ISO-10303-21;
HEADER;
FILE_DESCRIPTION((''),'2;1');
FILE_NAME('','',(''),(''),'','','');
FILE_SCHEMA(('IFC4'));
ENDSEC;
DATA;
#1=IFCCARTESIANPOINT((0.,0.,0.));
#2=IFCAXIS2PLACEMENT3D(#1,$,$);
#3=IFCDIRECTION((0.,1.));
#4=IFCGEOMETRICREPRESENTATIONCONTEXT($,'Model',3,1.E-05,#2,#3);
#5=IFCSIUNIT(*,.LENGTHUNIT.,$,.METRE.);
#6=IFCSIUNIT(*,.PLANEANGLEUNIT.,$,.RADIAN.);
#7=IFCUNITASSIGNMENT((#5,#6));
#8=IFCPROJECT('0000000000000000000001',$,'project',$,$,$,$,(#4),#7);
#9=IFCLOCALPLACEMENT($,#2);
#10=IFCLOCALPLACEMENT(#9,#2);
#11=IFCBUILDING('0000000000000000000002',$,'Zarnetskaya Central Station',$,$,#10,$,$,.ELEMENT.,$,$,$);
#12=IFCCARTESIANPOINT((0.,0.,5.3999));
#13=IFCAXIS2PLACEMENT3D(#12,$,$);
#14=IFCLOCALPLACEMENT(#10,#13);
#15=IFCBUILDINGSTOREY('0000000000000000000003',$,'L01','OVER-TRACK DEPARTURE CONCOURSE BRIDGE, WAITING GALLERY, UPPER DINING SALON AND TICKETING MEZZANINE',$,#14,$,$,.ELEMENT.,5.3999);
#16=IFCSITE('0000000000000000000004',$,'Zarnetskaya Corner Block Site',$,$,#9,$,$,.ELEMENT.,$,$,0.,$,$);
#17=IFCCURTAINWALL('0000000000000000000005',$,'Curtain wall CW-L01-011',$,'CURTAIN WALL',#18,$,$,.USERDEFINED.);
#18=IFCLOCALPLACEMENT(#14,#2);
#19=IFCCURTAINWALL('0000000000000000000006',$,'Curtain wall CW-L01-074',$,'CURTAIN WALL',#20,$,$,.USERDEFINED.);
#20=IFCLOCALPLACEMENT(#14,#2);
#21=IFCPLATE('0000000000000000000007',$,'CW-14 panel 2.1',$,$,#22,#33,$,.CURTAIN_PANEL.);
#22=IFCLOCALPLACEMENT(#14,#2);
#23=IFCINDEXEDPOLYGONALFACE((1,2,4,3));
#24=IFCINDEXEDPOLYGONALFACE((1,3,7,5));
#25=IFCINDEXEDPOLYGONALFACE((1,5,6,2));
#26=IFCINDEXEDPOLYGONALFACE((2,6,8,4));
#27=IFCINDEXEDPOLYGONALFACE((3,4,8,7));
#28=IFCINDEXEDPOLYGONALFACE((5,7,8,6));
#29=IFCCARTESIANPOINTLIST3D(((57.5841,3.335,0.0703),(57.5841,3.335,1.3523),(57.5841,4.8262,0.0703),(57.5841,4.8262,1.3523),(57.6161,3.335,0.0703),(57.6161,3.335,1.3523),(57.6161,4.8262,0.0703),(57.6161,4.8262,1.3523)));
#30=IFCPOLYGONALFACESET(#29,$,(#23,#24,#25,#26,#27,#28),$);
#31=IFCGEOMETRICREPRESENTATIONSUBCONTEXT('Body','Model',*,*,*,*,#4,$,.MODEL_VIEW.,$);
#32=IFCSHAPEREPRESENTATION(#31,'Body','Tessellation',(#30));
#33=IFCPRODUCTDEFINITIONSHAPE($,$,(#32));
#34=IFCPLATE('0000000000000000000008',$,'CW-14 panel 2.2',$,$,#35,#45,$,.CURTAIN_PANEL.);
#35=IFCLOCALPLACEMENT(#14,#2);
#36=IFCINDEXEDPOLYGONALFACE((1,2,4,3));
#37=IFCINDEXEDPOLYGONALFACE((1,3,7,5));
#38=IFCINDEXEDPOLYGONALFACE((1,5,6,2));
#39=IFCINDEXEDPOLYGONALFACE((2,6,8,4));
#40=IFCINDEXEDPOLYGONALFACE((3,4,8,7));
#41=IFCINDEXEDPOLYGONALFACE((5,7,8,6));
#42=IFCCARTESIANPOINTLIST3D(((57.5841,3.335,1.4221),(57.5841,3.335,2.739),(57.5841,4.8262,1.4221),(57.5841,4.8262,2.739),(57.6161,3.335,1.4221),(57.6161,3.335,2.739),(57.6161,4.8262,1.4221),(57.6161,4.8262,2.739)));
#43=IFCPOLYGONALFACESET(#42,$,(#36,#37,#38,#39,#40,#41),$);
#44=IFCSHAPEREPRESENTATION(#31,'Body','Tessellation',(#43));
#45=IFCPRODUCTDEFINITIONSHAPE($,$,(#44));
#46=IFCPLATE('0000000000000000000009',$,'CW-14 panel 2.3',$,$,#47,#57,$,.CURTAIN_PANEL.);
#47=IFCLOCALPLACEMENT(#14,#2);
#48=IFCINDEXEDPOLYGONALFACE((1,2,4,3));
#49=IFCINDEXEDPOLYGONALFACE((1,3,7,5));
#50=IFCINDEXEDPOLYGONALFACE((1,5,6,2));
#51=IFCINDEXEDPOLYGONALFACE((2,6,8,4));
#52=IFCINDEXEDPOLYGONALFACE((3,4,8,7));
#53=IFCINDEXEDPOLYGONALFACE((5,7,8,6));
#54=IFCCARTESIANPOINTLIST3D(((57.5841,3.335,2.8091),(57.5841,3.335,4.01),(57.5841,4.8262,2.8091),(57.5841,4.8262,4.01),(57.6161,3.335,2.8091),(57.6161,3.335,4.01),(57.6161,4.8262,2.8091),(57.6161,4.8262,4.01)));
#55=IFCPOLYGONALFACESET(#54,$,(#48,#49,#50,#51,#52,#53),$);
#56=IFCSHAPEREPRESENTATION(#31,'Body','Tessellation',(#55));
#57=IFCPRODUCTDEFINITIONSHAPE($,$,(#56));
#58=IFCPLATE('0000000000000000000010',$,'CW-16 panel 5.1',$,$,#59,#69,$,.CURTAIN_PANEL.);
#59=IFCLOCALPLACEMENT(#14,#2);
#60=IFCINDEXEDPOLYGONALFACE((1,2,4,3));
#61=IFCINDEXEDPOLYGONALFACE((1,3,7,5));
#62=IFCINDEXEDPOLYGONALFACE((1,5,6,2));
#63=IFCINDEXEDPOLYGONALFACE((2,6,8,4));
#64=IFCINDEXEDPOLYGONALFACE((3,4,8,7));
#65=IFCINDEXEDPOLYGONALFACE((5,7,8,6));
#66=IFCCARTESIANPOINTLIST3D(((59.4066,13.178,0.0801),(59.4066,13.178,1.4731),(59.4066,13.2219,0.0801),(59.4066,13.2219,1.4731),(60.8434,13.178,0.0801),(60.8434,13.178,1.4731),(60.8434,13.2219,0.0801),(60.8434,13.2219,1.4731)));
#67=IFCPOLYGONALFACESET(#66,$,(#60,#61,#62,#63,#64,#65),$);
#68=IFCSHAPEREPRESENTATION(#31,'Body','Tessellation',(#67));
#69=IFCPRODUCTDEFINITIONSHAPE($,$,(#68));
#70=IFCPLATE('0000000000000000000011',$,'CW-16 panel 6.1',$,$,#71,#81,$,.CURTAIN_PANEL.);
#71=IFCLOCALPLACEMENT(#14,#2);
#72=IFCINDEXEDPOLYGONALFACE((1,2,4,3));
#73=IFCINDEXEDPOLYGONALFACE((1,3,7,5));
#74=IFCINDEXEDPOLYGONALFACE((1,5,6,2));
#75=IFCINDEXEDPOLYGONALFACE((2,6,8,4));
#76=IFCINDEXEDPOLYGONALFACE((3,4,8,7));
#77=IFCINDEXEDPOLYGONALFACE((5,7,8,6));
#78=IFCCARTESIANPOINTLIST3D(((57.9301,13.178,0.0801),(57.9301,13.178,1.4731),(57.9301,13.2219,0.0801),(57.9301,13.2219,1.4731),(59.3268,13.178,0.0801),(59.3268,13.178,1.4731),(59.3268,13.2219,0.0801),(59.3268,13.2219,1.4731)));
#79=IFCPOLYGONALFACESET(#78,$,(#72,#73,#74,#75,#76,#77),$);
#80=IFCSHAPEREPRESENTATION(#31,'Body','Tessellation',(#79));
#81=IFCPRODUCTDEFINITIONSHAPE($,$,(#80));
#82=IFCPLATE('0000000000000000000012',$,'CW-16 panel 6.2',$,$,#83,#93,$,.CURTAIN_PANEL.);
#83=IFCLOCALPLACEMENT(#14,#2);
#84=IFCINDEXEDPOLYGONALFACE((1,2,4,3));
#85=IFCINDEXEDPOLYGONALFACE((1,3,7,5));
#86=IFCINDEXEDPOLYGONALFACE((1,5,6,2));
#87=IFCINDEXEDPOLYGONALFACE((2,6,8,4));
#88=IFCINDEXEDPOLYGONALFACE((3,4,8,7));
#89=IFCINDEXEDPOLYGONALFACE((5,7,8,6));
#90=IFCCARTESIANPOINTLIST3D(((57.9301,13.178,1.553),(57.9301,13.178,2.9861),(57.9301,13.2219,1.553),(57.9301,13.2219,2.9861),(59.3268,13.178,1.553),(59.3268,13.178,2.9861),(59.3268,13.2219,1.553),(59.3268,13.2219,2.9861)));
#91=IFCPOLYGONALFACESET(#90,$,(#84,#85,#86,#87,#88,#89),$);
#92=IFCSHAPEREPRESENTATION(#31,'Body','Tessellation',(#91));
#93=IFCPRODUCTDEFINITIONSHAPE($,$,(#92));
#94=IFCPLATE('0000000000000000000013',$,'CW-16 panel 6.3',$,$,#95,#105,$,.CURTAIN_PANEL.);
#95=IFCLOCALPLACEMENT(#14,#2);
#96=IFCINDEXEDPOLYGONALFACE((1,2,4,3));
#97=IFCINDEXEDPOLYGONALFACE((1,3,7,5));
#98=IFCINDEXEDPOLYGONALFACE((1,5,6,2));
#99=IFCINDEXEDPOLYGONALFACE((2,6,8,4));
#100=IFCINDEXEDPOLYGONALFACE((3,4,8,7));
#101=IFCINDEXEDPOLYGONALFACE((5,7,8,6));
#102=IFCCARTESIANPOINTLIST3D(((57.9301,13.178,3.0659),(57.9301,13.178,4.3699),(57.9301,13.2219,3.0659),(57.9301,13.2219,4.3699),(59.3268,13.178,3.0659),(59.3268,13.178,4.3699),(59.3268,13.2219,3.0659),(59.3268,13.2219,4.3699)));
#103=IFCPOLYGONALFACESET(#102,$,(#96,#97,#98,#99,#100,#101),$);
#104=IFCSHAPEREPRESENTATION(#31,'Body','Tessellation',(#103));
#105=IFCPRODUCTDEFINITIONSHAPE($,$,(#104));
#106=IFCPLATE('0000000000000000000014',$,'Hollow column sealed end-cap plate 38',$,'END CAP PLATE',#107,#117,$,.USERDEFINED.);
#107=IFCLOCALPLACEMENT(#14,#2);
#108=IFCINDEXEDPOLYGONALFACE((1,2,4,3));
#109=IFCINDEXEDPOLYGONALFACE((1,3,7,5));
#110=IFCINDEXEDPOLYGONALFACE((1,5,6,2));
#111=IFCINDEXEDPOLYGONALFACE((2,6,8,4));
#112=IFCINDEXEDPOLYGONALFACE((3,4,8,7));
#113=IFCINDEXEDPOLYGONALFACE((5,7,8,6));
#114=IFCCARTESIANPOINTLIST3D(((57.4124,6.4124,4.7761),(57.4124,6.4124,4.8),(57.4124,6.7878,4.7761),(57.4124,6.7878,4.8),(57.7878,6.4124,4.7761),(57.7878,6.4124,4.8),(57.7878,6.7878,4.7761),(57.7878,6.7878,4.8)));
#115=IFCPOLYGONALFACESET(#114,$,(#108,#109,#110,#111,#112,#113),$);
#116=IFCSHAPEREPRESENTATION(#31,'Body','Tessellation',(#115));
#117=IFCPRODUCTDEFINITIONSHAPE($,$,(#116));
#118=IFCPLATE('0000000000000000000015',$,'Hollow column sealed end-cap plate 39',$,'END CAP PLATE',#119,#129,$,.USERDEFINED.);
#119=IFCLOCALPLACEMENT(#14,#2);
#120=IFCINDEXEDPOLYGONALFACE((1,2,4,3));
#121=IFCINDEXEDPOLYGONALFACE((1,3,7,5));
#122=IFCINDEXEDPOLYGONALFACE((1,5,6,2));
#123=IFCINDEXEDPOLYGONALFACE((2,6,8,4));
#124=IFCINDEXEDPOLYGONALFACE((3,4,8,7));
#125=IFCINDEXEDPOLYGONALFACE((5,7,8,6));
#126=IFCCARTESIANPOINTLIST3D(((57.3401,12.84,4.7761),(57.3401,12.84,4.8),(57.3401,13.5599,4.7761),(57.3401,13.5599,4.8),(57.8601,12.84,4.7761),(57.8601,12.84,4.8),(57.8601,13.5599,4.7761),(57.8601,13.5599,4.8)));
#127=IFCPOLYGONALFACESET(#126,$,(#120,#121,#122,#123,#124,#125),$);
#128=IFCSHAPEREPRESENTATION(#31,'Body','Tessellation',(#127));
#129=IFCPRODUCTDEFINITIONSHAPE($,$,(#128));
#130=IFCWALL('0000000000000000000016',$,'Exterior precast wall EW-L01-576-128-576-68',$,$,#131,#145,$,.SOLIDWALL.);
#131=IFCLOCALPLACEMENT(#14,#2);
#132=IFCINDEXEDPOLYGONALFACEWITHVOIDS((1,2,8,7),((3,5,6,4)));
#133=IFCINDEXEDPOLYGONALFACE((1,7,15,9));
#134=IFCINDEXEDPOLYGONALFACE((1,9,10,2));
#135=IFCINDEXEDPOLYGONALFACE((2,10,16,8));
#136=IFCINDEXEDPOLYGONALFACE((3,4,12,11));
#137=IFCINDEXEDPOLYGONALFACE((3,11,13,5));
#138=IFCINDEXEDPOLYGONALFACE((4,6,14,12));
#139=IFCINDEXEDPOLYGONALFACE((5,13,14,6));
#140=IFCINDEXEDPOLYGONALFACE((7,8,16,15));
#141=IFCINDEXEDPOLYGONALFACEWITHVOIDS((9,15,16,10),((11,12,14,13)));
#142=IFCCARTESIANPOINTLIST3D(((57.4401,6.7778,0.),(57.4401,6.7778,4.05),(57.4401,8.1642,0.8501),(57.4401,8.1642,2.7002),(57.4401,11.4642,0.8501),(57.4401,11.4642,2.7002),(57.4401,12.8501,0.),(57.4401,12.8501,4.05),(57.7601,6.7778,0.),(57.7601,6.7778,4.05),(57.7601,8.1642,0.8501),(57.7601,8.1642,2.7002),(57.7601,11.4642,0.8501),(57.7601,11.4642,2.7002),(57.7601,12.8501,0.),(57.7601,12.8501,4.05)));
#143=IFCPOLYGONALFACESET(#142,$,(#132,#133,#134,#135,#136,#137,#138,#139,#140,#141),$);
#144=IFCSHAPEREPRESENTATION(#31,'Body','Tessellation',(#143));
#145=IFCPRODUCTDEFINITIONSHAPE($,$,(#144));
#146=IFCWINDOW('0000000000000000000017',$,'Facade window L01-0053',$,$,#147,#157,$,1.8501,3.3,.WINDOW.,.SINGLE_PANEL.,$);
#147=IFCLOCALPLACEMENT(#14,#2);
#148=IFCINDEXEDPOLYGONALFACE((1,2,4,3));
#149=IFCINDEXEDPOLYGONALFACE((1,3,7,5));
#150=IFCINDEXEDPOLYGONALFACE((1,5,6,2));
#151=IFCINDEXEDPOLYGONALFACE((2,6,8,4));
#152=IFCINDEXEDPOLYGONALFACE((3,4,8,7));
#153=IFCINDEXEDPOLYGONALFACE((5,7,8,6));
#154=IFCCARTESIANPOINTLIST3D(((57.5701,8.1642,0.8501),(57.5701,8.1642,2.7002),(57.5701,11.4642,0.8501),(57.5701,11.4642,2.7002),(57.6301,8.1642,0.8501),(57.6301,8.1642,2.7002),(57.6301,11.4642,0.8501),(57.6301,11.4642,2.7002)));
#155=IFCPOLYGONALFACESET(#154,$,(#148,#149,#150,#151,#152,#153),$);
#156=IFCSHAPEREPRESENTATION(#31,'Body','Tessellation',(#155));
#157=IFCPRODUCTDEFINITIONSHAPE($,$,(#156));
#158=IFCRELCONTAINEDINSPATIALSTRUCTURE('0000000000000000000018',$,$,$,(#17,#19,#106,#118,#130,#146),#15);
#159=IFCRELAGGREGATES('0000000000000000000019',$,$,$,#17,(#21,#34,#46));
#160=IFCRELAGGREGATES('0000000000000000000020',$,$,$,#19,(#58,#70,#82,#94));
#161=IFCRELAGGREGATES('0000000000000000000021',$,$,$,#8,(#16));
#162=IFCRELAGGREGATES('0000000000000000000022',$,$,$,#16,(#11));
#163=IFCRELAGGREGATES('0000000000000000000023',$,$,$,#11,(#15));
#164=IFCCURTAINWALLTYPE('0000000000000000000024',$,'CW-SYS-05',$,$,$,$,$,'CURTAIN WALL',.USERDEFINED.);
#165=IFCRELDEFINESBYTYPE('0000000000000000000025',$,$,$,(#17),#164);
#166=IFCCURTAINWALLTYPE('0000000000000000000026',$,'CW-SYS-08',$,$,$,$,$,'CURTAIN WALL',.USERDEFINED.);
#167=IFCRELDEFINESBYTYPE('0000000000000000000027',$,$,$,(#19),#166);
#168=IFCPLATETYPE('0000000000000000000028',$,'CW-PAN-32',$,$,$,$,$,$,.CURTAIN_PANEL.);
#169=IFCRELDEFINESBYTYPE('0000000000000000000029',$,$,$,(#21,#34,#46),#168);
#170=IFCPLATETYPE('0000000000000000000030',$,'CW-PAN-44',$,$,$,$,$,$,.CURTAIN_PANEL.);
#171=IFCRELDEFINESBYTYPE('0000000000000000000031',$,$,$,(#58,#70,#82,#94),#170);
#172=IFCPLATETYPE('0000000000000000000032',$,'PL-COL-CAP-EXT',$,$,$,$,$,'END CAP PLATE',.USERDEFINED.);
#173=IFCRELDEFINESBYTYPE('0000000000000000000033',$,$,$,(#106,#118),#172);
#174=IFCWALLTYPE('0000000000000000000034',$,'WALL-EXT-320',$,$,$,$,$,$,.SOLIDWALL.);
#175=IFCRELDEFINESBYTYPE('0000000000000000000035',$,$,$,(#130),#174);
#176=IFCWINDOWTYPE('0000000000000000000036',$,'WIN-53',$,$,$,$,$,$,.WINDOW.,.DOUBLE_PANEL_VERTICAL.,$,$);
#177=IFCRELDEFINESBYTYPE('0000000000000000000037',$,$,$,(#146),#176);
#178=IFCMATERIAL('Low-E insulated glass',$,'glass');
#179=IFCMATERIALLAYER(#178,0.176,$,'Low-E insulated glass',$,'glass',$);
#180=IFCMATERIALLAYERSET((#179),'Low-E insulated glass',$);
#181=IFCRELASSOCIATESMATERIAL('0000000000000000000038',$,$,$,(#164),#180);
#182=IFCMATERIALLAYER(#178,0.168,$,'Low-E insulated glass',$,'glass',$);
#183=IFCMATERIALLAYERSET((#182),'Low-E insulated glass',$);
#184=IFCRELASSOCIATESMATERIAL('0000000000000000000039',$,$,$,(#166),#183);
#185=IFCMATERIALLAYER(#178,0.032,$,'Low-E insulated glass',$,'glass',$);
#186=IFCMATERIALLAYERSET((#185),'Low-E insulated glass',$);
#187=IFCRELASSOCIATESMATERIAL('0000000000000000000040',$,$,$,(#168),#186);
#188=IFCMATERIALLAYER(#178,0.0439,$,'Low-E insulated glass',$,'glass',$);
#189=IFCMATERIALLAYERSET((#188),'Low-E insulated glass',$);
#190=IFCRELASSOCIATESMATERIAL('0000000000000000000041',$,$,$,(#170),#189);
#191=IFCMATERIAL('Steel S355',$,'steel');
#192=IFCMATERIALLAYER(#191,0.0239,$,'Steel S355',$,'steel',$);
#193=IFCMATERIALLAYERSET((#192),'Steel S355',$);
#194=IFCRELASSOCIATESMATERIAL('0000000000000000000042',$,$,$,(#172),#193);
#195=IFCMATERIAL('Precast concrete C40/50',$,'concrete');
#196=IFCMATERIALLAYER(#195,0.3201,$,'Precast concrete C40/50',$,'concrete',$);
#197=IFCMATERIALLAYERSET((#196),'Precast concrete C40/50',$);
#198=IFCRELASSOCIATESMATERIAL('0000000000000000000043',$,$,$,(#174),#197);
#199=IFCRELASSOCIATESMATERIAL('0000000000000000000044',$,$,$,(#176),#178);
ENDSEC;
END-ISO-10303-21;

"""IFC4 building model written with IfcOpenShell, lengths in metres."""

from ifc_helpers import new_model, si_unit, direction, frame, frame_2d, origin, origin_2d, place, context, subcontext, project, spatial, rectangle, extrude, material, layer, layer_set, type_object, element, fill, aggregate, save


model = new_model("IFC4")

# Units and contexts
model_context = context("Model", 3, precision=1e-05, world=origin(), true_north=direction((0.0, 1.0)))
body_context = subcontext(model_context, "Body", "Model", "MODEL_VIEW")
ifc_project = project(units=[si_unit("LENGTHUNIT", "METRE"), si_unit("PLANEANGLEUNIT", "RADIAN")], contexts=[model_context])

# Site, building, storey
site_placement = place(None, origin())
site = spatial("IfcSite", under=ifc_project, at=site_placement, Name="Zarnetskaya Corner Block Site", CompositionType="ELEMENT", RefElevation=0.0)
building_placement = place(site_placement, origin())
building = spatial("IfcBuilding", under=site, at=building_placement, Name="Zarnetskaya Central Station", CompositionType="ELEMENT")
storey_placement = place(building_placement, frame((0.0, 0.0, 5.3999)))
storey = spatial("IfcBuildingStorey", under=building, at=storey_placement, Name="L01", Description="OVER-TRACK DEPARTURE CONCOURSE BRIDGE, WAITING GALLERY, UPPER DINING SALON AND TICKETING MEZZANINE", CompositionType="ELEMENT", Elevation=5.3999)

# Shared definitions
ifc_material_1 = material(Name="Steel S355", Category="steel")

# Curtain walls
ifc_material_2 = material(Name="Low-E insulated glass", Category="glass")
ifc_layer_1 = layer(ifc_material_2, 0.176, Name="Low-E insulated glass", Category="glass")
ifc_layer_set_1 = layer_set([ifc_layer_1], Name="Low-E insulated glass")
curtain_wall_type_1 = type_object("IfcCurtainWallType", Name="CW-SYS-05", ElementType="CURTAIN WALL", PredefinedType="USERDEFINED", material=ifc_layer_set_1)
curtain_wall_1_placement = place(storey_placement, origin())
curtain_wall_1 = element("IfcCurtainWall", 1, at=curtain_wall_1_placement, inside=storey, type_object=curtain_wall_type_1, Name="Curtain wall CW-L01-011", ObjectType="CURTAIN WALL", PredefinedType="USERDEFINED")
ifc_layer_2 = layer(ifc_material_2, 0.168, Name="Low-E insulated glass", Category="glass")
ifc_layer_set_2 = layer_set([ifc_layer_2], Name="Low-E insulated glass")
curtain_wall_type_2 = type_object("IfcCurtainWallType", Name="CW-SYS-08", ElementType="CURTAIN WALL", PredefinedType="USERDEFINED", material=ifc_layer_set_2)
curtain_wall_2_placement = place(storey_placement, origin())
curtain_wall_2 = element("IfcCurtainWall", 2, at=curtain_wall_2_placement, inside=storey, type_object=curtain_wall_type_2, Name="Curtain wall CW-L01-074", ObjectType="CURTAIN WALL", PredefinedType="USERDEFINED")

# Plates
ifc_layer_3 = layer(ifc_material_2, 0.032, Name="Low-E insulated glass", Category="glass")
ifc_layer_set_3 = layer_set([ifc_layer_3], Name="Low-E insulated glass")
plate_type_1 = type_object("IfcPlateType", Name="CW-PAN-32", PredefinedType="CURTAIN_PANEL", material=ifc_layer_set_3)
plate_1_placement = place(storey_placement, frame((57.6001, 4.0806, 0.0703), z_axis=(0.0, 0.0, 1.0), x_axis=(0.0, -1.0, 0.0)))
plate_1 = element("IfcPlate", 3, at=plate_1_placement, type_object=plate_type_1, Name="CW-14 panel 2.1", PredefinedType="CURTAIN_PANEL", context=body_context, shape_type="SweptSolid", body=[
    extrude(rectangle(XDim=1.4912, YDim=0.032, at=origin_2d()), origin(), (0.0, 0.0, 1.0), 1.282),
])
plate_2_placement = place(storey_placement, frame((57.6001, 4.0806, 1.4221), z_axis=(0.0, 0.0, 1.0), x_axis=(0.0, -1.0, 0.0)))
plate_2 = element("IfcPlate", 4, at=plate_2_placement, type_object=plate_type_1, Name="CW-14 panel 2.2", PredefinedType="CURTAIN_PANEL", context=body_context, shape_type="SweptSolid", body=[
    extrude(rectangle(XDim=1.4912, YDim=0.032, at=origin_2d()), origin(), (0.0, 0.0, 1.0), 1.3169),
])
plate_3_placement = place(storey_placement, frame((57.6001, 4.0806, 2.8091), z_axis=(0.0, 0.0, 1.0), x_axis=(0.0, -1.0, 0.0)))
plate_3 = element("IfcPlate", 5, at=plate_3_placement, type_object=plate_type_1, Name="CW-14 panel 2.3", PredefinedType="CURTAIN_PANEL", context=body_context, shape_type="SweptSolid", body=[
    extrude(rectangle(XDim=1.4912, YDim=0.032, at=origin_2d()), origin(), (0.0, 0.0, 1.0), 1.2009),
])
aggregate(curtain_wall_1, [plate_1, plate_2, plate_3])
ifc_layer_4 = layer(ifc_material_2, 0.0439, Name="Low-E insulated glass", Category="glass")
ifc_layer_set_4 = layer_set([ifc_layer_4], Name="Low-E insulated glass")
plate_type_2 = type_object("IfcPlateType", Name="CW-PAN-44", PredefinedType="CURTAIN_PANEL", material=ifc_layer_set_4)
plate_4_placement = place(storey_placement, frame((60.125, 13.2, 0.0801), z_axis=(0.0, 0.0, 1.0), x_axis=(-1.0, 0.0, 0.0)))
plate_4 = element("IfcPlate", 6, at=plate_4_placement, type_object=plate_type_2, Name="CW-16 panel 5.1", PredefinedType="CURTAIN_PANEL", context=body_context, shape_type="SweptSolid", body=[
    extrude(rectangle(XDim=1.4368, YDim=0.0439, at=origin_2d()), origin(), (0.0, 0.0, 1.0), 1.3931),
])
plate_5_placement = place(storey_placement, frame((58.6284, 13.2, 0.0801), z_axis=(0.0, 0.0, 1.0), x_axis=(-1.0, 0.0, 0.0)))
plate_5 = element("IfcPlate", 7, at=plate_5_placement, type_object=plate_type_2, Name="CW-16 panel 6.1", PredefinedType="CURTAIN_PANEL", context=body_context, shape_type="SweptSolid", body=[
    extrude(rectangle(XDim=1.3967, YDim=0.0439, at=origin_2d()), origin(), (0.0, 0.0, 1.0), 1.3931),
])
plate_6_placement = place(storey_placement, frame((58.6284, 13.2, 1.553), z_axis=(0.0, 0.0, 1.0), x_axis=(-1.0, 0.0, 0.0)))
plate_6 = element("IfcPlate", 8, at=plate_6_placement, type_object=plate_type_2, Name="CW-16 panel 6.2", PredefinedType="CURTAIN_PANEL", context=body_context, shape_type="SweptSolid", body=[
    extrude(rectangle(XDim=1.3967, YDim=0.0439, at=origin_2d()), origin(), (0.0, 0.0, 1.0), 1.4331),
])
plate_7_placement = place(storey_placement, frame((58.6284, 13.2, 3.0659), z_axis=(0.0, 0.0, 1.0), x_axis=(-1.0, 0.0, 0.0)))
plate_7 = element("IfcPlate", 9, at=plate_7_placement, type_object=plate_type_2, Name="CW-16 panel 6.3", PredefinedType="CURTAIN_PANEL", context=body_context, shape_type="SweptSolid", body=[
    extrude(rectangle(XDim=1.3967, YDim=0.0439, at=origin_2d()), origin(), (0.0, 0.0, 1.0), 1.304),
])
aggregate(curtain_wall_2, [plate_4, plate_5, plate_6, plate_7])

# Plates
ifc_layer_5 = layer(ifc_material_1, 0.0239, Name="Steel S355", Category="steel")
ifc_layer_set_5 = layer_set([ifc_layer_5], Name="Steel S355")
plate_type_3 = type_object("IfcPlateType", Name="PL-COL-CAP-EXT", ElementType="END CAP PLATE", PredefinedType="USERDEFINED", material=ifc_layer_set_5)
plate_8_placement = place(storey_placement, frame((57.6001, 6.6001, 4.7761), z_axis=(0.0, 0.0, 1.0), x_axis=(1.0, 0.0, 0.0)))
element("IfcPlate", 10, at=plate_8_placement, inside=storey, type_object=plate_type_3, Name="Hollow column sealed end-cap plate 38", ObjectType="END CAP PLATE", PredefinedType="USERDEFINED", context=body_context, shape_type="SweptSolid", body=[
    extrude(rectangle(XDim=0.3755, YDim=0.3755, at=origin_2d()), origin(), (0.0, 0.0, 1.0), 0.0239),
])
plate_9_placement = place(storey_placement, frame((57.6001, 13.2, 4.7761), z_axis=(0.0, 0.0, 1.0), x_axis=(1.0, 0.0, 0.0)))
element("IfcPlate", 11, at=plate_9_placement, inside=storey, type_object=plate_type_3, Name="Hollow column sealed end-cap plate 39", ObjectType="END CAP PLATE", PredefinedType="USERDEFINED", context=body_context, shape_type="SweptSolid", body=[
    extrude(rectangle(XDim=0.52, YDim=0.72, at=origin_2d()), origin(), (0.0, 0.0, 1.0), 0.0239),
])

# Wall, opening, window
ifc_material_3 = material(Name="Precast concrete C40/50", Category="concrete")
ifc_layer_6 = layer(ifc_material_3, 0.3201, Name="Precast concrete C40/50", Category="concrete")
ifc_layer_set_6 = layer_set([ifc_layer_6], Name="Precast concrete C40/50")
wall_type = type_object("IfcWallType", Name="WALL-EXT-320", PredefinedType="SOLIDWALL", material=ifc_layer_set_6)
wall_placement = place(storey_placement, frame((57.6001, 12.8501, 0.0), z_axis=(0.0, 0.0, 1.0), x_axis=(0.0, -1.0, 0.0)))
wall = element("IfcWall", 12, at=wall_placement, inside=storey, type_object=wall_type, Name="Exterior precast wall EW-L01-576-128-576-68", PredefinedType="SOLIDWALL", context=body_context, shape_type="SweptSolid", body=[
    extrude(rectangle(XDim=6.0723, YDim=0.3201, at=frame_2d((3.0361, 0.0))), origin(), (0.0, 0.0, 1.0), 4.05),
])
opening_placement = place(wall_placement, frame((1.386, 0.0, 0.8501)))
opening = element("IfcOpeningElement", 13, at=opening_placement, cuts=wall, PredefinedType="OPENING", context=body_context, shape_type="SweptSolid", body=[
    extrude(rectangle(XDim=3.3, YDim=1.8501, at=frame_2d((1.6499, 0.925))), frame((0.0, 0.1699, 0.0), z_axis=(0.0, -1.0, 0.0), x_axis=(1.0, 0.0, 0.0)), (0.0, 0.0, 1.0), 0.3401),
])
window_type = type_object("IfcWindowType", Name="WIN-53", PartitioningType="DOUBLE_PANEL_VERTICAL", PredefinedType="WINDOW", material=ifc_material_2)
window_placement = place(opening_placement, origin())
window = element("IfcWindow", 14, at=window_placement, inside=storey, type_object=window_type, Name="Facade window L01-0053", OverallHeight=1.8501, OverallWidth=3.3, PartitioningType="SINGLE_PANEL", PredefinedType="WINDOW", context=body_context, shape_type="SweptSolid", body=[
    extrude(rectangle(XDim=3.3, YDim=1.8501, at=frame_2d((1.6499, 0.925))), frame((0.0, 0.03, 0.0), z_axis=(0.0, -1.0, 0.0), x_axis=(1.0, 0.0, 0.0)), (0.0, 0.0, 1.0), 0.0601),
])
fill(opening, window)

save(model, "model.ifc")
